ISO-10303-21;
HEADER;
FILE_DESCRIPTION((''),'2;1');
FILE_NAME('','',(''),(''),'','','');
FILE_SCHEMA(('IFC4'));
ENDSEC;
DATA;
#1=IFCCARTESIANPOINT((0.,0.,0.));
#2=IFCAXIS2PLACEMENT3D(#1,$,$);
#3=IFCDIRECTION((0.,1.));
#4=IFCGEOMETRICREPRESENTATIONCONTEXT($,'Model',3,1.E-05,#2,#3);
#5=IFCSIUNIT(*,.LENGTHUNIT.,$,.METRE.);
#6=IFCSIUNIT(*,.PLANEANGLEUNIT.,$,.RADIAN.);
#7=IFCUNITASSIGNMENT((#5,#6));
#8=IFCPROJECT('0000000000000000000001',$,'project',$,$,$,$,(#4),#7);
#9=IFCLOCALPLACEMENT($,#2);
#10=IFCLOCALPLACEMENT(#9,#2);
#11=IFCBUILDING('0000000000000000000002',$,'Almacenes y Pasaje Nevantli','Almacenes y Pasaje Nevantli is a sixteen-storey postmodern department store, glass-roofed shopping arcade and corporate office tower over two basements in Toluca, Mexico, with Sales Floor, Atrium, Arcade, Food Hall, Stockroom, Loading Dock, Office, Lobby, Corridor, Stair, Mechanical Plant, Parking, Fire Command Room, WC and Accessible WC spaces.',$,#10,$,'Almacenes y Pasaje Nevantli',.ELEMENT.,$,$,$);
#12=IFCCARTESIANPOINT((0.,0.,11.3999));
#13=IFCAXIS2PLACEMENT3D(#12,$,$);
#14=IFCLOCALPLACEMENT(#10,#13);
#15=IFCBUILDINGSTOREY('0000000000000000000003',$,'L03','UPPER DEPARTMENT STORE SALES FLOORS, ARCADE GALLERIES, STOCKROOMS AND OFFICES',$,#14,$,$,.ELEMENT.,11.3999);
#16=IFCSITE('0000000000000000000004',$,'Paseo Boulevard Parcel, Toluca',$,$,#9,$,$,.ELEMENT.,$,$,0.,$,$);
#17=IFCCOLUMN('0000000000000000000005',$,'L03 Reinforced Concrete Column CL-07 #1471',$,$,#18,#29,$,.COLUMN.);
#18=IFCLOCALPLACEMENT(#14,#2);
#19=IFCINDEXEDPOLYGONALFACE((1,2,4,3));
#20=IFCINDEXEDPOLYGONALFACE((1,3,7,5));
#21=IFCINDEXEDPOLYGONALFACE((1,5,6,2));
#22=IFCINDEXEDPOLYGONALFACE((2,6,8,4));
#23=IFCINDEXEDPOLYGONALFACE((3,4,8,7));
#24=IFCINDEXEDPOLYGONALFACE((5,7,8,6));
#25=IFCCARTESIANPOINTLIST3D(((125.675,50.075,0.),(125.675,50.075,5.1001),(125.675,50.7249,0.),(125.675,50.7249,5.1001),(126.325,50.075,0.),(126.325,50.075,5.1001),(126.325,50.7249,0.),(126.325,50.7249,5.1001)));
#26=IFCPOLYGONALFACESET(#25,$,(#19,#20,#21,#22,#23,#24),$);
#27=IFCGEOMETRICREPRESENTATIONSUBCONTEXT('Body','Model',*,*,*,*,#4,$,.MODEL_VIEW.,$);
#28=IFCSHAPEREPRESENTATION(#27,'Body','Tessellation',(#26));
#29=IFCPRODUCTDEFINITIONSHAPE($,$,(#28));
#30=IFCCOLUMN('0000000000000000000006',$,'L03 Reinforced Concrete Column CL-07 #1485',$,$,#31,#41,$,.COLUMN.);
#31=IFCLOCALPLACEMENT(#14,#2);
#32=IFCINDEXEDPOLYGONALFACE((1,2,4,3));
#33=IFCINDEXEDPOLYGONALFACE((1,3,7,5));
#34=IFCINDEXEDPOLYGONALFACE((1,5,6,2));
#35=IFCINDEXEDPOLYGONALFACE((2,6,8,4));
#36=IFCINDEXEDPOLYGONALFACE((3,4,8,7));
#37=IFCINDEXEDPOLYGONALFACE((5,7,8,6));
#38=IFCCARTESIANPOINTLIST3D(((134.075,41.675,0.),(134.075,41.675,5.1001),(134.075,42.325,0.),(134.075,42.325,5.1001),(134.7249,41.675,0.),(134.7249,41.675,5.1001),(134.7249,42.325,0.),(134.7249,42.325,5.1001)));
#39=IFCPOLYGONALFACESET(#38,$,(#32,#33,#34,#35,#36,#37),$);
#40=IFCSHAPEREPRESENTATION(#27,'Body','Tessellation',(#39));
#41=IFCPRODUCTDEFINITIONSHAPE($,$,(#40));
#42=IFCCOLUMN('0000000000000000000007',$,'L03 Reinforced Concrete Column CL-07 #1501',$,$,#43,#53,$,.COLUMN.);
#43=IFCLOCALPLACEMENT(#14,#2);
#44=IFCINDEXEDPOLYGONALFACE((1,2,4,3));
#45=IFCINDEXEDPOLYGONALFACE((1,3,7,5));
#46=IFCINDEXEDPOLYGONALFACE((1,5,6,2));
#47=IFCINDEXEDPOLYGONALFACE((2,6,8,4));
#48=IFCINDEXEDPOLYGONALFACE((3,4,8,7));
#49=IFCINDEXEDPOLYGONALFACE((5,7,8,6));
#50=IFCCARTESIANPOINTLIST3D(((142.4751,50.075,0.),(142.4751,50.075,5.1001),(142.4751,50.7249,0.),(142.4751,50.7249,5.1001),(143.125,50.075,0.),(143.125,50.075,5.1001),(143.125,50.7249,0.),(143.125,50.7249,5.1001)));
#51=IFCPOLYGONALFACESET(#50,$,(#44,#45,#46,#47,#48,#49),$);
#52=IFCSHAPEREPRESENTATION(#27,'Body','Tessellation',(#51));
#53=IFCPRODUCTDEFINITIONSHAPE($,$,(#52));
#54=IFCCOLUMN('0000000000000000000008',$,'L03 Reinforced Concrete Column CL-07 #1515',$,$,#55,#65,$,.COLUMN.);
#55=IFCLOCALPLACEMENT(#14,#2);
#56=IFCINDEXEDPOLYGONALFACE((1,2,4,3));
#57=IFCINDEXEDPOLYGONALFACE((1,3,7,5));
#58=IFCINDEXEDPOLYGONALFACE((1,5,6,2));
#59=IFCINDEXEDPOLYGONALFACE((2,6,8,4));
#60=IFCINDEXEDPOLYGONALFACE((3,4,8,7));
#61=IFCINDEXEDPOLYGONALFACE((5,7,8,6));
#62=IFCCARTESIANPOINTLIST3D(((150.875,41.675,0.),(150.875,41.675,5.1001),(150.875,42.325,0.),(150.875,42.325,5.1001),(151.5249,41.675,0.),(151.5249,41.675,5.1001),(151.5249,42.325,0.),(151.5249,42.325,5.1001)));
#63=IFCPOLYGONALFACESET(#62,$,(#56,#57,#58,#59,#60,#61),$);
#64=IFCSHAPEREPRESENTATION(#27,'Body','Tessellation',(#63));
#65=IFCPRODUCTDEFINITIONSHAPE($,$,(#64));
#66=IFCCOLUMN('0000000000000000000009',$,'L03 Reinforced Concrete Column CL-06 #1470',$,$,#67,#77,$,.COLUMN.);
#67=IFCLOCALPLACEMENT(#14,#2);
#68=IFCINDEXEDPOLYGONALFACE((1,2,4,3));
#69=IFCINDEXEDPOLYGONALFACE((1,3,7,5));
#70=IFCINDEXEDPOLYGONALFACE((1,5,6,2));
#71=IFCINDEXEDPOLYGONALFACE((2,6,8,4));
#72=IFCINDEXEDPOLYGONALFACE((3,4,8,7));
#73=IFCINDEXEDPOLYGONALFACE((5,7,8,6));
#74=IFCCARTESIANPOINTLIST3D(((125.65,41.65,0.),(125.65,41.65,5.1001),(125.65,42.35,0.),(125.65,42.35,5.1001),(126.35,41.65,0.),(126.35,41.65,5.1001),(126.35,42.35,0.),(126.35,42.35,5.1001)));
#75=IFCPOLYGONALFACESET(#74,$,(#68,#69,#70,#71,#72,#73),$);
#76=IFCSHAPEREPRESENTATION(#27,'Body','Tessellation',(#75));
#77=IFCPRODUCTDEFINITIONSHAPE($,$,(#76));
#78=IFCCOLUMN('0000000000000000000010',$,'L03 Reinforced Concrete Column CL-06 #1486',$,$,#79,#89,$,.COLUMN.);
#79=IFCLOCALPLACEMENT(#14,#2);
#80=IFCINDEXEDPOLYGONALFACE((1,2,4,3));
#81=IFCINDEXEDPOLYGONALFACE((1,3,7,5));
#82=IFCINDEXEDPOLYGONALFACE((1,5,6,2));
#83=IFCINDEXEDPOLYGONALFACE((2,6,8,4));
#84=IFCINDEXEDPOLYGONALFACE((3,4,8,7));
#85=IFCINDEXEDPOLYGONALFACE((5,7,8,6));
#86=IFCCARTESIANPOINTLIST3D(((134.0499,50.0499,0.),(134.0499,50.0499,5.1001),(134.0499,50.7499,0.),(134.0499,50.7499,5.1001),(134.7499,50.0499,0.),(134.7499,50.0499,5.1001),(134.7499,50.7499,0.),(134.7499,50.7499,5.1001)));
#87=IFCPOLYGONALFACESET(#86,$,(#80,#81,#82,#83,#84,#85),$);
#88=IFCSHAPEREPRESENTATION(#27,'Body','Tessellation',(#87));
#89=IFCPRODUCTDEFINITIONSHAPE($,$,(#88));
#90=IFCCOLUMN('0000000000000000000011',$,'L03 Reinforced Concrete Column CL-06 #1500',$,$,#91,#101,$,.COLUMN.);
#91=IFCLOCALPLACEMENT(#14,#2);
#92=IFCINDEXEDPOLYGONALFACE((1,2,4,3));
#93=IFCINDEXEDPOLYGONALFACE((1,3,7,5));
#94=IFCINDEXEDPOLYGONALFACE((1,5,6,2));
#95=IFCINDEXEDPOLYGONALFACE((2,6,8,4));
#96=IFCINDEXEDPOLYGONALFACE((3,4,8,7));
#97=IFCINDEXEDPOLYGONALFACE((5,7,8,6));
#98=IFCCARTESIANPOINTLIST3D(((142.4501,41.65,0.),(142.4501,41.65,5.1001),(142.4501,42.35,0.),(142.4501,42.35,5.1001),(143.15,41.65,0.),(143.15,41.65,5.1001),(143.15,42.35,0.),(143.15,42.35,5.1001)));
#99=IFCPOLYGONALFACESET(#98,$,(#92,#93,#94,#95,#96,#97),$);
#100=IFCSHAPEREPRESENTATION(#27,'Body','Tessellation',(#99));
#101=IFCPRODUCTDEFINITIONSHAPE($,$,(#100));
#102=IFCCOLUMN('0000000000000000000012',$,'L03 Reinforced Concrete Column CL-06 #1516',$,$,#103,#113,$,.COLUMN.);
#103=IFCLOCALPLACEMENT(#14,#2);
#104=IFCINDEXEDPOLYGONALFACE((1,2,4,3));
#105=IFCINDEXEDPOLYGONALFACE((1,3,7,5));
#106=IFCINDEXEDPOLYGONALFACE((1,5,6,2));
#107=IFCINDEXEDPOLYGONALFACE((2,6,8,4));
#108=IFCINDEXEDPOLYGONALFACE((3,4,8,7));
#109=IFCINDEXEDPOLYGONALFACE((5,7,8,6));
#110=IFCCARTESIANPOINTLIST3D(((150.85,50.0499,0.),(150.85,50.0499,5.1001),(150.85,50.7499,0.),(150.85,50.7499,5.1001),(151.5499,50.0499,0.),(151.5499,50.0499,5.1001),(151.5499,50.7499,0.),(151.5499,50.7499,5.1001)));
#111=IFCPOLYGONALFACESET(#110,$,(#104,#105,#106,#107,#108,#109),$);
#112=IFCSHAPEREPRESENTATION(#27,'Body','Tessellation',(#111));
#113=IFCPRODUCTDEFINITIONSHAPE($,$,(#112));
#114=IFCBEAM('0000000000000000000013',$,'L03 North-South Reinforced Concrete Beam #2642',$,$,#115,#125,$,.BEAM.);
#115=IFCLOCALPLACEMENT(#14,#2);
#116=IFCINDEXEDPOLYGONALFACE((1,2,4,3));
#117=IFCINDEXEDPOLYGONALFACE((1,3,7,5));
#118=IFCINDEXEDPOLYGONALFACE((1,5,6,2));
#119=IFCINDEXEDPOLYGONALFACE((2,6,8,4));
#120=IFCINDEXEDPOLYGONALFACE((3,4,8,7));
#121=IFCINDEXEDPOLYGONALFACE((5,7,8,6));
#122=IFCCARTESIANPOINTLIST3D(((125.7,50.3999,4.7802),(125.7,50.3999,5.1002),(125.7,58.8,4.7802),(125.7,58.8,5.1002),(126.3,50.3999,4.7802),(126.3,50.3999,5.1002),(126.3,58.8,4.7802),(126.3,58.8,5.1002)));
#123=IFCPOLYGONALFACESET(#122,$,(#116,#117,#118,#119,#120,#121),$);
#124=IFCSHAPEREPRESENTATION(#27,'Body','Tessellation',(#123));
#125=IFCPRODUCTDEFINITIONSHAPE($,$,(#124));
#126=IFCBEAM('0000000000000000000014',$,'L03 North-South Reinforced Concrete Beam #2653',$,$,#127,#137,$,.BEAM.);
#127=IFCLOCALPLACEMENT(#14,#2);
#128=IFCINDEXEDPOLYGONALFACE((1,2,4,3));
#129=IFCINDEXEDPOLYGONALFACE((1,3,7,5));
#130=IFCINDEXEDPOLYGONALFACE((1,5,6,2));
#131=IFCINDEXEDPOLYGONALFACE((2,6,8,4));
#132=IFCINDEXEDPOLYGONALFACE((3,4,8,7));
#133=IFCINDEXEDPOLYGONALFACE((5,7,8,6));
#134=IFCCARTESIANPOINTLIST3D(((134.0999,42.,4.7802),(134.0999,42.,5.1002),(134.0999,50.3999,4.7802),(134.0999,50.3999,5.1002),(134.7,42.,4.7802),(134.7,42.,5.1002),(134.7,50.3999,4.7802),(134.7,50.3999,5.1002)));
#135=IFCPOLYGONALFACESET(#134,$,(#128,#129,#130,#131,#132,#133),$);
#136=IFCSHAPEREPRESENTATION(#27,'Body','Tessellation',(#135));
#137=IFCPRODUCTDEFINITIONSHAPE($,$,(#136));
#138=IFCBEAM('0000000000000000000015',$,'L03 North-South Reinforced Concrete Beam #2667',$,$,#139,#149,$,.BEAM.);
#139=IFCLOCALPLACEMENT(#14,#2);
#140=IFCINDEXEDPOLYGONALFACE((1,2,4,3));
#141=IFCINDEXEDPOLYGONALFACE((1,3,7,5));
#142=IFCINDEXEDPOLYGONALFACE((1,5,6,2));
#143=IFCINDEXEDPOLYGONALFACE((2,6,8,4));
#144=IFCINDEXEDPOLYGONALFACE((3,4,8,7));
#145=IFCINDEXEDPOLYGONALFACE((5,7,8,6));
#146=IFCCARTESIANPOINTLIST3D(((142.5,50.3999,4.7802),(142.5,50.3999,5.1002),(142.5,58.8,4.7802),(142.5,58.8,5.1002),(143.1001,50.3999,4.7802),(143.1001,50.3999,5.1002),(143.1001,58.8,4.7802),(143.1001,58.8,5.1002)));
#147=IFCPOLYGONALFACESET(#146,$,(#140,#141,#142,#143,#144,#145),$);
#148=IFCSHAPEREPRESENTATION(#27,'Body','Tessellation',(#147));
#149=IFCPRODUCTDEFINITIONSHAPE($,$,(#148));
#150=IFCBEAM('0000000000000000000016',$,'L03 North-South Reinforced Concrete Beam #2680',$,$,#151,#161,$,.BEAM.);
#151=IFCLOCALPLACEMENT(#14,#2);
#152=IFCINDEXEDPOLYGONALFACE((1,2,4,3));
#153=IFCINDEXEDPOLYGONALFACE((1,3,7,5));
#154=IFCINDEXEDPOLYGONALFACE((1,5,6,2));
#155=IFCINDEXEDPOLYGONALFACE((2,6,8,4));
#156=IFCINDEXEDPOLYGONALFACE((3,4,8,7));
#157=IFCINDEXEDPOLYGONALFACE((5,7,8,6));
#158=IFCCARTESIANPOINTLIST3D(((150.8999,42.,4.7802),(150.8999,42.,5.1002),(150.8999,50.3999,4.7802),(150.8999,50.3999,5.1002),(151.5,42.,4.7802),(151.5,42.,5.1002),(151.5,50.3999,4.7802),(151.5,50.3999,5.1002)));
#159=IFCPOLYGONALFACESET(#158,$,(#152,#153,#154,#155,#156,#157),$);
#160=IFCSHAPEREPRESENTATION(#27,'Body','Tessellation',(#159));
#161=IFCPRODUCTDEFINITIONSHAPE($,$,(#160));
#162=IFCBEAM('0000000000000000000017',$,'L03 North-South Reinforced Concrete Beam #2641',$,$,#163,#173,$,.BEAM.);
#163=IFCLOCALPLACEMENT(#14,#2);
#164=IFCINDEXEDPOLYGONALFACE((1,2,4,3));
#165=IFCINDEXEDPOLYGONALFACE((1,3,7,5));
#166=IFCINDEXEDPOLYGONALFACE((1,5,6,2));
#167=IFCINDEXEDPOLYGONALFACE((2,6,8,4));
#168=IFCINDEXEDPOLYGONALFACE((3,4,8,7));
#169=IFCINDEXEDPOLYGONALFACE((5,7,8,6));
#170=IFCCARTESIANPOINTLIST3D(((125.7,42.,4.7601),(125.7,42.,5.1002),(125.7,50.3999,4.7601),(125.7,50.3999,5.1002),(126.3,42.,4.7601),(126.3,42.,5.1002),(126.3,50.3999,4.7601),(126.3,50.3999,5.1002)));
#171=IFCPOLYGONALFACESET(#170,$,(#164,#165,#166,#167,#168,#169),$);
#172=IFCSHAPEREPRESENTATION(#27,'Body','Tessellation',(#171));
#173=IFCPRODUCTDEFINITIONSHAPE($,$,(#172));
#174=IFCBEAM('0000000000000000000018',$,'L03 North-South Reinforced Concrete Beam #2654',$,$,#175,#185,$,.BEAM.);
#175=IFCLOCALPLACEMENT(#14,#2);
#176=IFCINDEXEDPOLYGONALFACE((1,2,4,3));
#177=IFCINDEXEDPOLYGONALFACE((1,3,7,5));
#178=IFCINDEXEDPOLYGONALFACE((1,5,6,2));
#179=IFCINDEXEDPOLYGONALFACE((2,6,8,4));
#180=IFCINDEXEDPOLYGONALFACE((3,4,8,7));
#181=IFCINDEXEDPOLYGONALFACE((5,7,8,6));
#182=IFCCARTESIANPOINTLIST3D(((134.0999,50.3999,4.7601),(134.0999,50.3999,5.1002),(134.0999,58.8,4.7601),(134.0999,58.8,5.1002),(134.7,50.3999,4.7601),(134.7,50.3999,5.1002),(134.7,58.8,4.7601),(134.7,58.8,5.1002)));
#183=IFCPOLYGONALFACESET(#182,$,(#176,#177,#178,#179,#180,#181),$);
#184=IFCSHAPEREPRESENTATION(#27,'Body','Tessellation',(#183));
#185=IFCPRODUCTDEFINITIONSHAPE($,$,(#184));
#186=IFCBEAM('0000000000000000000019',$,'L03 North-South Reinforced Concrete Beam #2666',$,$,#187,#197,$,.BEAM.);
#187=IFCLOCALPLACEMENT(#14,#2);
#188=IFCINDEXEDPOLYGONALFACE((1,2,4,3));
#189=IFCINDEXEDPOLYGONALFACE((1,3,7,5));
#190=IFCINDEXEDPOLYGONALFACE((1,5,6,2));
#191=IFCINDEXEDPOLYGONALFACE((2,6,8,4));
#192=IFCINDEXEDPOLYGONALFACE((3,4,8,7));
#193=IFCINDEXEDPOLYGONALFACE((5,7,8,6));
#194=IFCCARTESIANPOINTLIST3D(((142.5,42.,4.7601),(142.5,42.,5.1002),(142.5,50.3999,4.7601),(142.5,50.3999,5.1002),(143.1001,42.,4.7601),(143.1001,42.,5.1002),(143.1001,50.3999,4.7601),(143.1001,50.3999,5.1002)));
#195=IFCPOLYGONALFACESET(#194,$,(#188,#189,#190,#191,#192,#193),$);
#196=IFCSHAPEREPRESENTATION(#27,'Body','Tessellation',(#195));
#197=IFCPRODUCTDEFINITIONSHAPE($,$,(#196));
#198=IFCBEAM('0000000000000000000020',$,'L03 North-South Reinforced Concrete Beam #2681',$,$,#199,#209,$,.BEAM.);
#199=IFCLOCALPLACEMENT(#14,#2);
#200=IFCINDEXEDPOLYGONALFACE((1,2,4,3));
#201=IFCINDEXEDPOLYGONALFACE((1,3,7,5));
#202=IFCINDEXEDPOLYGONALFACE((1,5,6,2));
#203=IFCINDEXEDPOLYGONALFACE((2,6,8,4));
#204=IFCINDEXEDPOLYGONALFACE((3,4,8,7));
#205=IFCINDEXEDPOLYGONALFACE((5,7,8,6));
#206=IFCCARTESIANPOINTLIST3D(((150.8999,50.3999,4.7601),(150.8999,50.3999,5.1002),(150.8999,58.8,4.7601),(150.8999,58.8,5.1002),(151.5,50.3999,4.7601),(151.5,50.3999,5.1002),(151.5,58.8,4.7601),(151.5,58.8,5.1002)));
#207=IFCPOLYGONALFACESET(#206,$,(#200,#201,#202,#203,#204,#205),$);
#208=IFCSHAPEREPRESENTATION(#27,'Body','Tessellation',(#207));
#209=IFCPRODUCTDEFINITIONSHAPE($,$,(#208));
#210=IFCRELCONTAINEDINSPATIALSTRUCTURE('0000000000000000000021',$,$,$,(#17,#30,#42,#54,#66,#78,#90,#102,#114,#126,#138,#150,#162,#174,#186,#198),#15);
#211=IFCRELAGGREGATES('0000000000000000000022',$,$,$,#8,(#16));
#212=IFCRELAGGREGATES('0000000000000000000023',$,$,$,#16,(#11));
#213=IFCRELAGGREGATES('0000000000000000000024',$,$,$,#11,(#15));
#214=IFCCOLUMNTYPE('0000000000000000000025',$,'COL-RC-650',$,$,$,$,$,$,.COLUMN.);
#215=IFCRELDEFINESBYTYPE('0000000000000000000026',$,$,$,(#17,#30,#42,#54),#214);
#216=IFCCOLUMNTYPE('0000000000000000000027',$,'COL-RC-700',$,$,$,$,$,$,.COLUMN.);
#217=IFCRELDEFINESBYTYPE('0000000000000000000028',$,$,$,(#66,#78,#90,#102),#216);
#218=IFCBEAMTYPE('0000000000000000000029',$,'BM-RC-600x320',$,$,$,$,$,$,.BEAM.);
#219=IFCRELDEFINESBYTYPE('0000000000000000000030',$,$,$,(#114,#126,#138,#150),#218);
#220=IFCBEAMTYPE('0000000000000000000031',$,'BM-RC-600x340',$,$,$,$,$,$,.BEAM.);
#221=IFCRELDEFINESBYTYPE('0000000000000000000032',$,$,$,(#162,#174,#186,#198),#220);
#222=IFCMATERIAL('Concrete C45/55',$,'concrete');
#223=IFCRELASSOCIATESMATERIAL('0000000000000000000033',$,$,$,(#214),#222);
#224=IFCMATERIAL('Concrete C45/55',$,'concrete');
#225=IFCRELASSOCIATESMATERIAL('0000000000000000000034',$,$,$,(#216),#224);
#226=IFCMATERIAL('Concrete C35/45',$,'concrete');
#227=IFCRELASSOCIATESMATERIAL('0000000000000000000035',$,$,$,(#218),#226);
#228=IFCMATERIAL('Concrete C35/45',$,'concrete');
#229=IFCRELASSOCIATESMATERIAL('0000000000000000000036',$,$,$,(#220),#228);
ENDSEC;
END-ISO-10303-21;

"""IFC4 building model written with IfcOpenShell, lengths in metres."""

from ifc_helpers import new_model, si_unit, direction, frame, origin, origin_2d, place, context, subcontext, project, spatial, rectangle, extrude, material, material_profile, profile_set, type_object, element, save


model = new_model("IFC4")

# Units and contexts
model_context = context("Model", 3, precision=1e-05, world=origin(), true_north=direction((0.0, 1.0)))
body_context = subcontext(model_context, "Body", "Model", "MODEL_VIEW")
ifc_project = project(units=[si_unit("LENGTHUNIT", "METRE"), si_unit("PLANEANGLEUNIT", "RADIAN")], contexts=[model_context])

# Site, building, storey
site_placement = place(None, origin())
site = spatial("IfcSite", under=ifc_project, at=site_placement, Name="Paseo Boulevard Parcel, Toluca", CompositionType="ELEMENT", RefElevation=0.0)
building_placement = place(site_placement, origin())
building = spatial("IfcBuilding", under=site, at=building_placement, Name="Almacenes y Pasaje Nevantli", Description="Almacenes y Pasaje Nevantli is a sixteen-storey postmodern department store, glass-roofed shopping arcade and corporate office tower over two basements in Toluca, Mexico, with Sales Floor, Atrium, Arcade, Food Hall, Stockroom, Loading Dock, Office, Lobby, Corridor, Stair, Mechanical Plant, Parking, Fire Command Room, WC and Accessible WC spaces.", LongName="Almacenes y Pasaje Nevantli", CompositionType="ELEMENT")
storey_placement = place(building_placement, frame((0.0, 0.0, 11.3999)))
storey = spatial("IfcBuildingStorey", under=building, at=storey_placement, Name="L03", Description="UPPER DEPARTMENT STORE SALES FLOORS, ARCADE GALLERIES, STOCKROOMS AND OFFICES", CompositionType="ELEMENT", Elevation=11.3999)

# Columns
ifc_material_1 = material(Name="Concrete C45/55", Category="concrete")
ifc_material_profile_1 = material_profile(ifc_material_1, rectangle(XDim=0.6499, YDim=0.6499, at=origin_2d()), Name="RC-COL-650x650")
ifc_profile_set_1 = profile_set([ifc_material_profile_1], Name="Concrete C45/55")
column_type_1 = type_object("IfcColumnType", Name="COL-RC-650", PredefinedType="COLUMN", material=ifc_profile_set_1)
for number, where, z_axis, x_axis, name in (
    (1, (126.0, 50.3999, 0.0), (0.0, 0.0, 1.0), (1.0, 0.0, 0.0), "L03 Reinforced Concrete Column CL-07 #1471"),
    (2, (134.3999, 42.0, 0.0), (0.0, 0.0, 1.0), (1.0, 0.0, 0.0), "L03 Reinforced Concrete Column CL-07 #1485"),
    (3, (142.8, 50.3999, 0.0), (0.0, 0.0, 1.0), (1.0, 0.0, 0.0), "L03 Reinforced Concrete Column CL-07 #1501"),
    (4, (151.2, 42.0, 0.0), (0.0, 0.0, 1.0), (1.0, 0.0, 0.0), "L03 Reinforced Concrete Column CL-07 #1515"),
):
    element("IfcColumn", number, at=place(storey_placement, frame(where, z_axis=z_axis, x_axis=x_axis)), inside=storey, type_object=column_type_1, Name=name, PredefinedType="COLUMN", context=body_context, shape_type="SweptSolid", body=[
        extrude(rectangle(XDim=0.6499, YDim=0.6499, at=origin_2d()), origin(), (0.0, 0.0, 1.0), 5.1001),
    ])
ifc_material_2 = material(Name="Concrete C45/55", Category="concrete")
ifc_material_profile_2 = material_profile(ifc_material_2, rectangle(XDim=0.7, YDim=0.7, at=origin_2d()), Name="RC-COL-700x700")
ifc_profile_set_2 = profile_set([ifc_material_profile_2], Name="Concrete C45/55")
column_type_2 = type_object("IfcColumnType", Name="COL-RC-700", PredefinedType="COLUMN", material=ifc_profile_set_2)
for number, where, z_axis, x_axis, name in (
    (5, (126.0, 42.0, 0.0), (0.0, 0.0, 1.0), (1.0, 0.0, 0.0), "L03 Reinforced Concrete Column CL-06 #1470"),
    (6, (134.3999, 50.3999, 0.0), (0.0, 0.0, 1.0), (1.0, 0.0, 0.0), "L03 Reinforced Concrete Column CL-06 #1486"),
    (7, (142.8, 42.0, 0.0), (0.0, 0.0, 1.0), (1.0, 0.0, 0.0), "L03 Reinforced Concrete Column CL-06 #1500"),
    (8, (151.2, 50.3999, 0.0), (0.0, 0.0, 1.0), (1.0, 0.0, 0.0), "L03 Reinforced Concrete Column CL-06 #1516"),
):
    element("IfcColumn", number, at=place(storey_placement, frame(where, z_axis=z_axis, x_axis=x_axis)), inside=storey, type_object=column_type_2, Name=name, PredefinedType="COLUMN", context=body_context, shape_type="SweptSolid", body=[
        extrude(rectangle(XDim=0.7, YDim=0.7, at=origin_2d()), origin(), (0.0, 0.0, 1.0), 5.1001),
    ])

# Beams
ifc_material_3 = material(Name="Concrete C35/45", Category="concrete")
ifc_material_profile_3 = material_profile(ifc_material_3, rectangle(XDim=0.6001, YDim=0.3201, at=origin_2d()), Name="RC-BM-600x320")
ifc_profile_set_3 = profile_set([ifc_material_profile_3], Name="Concrete C35/45")
beam_type_1 = type_object("IfcBeamType", Name="BM-RC-600x320", PredefinedType="BEAM", material=ifc_profile_set_3)
beam_1_placement = place(storey_placement, frame((126.0, 50.3999, 4.9402), z_axis=(0.0, 1.0, 0.0), x_axis=(-1.0, 0.0, 0.0)))
element("IfcBeam", 9, at=beam_1_placement, inside=storey, type_object=beam_type_1, Name="L03 North-South Reinforced Concrete Beam #2642", PredefinedType="BEAM", context=body_context, shape_type="SweptSolid", body=[
    extrude(rectangle(XDim=0.6001, YDim=0.3201, at=origin_2d()), origin(), (0.0, 0.0, 1.0), 8.4001),
])
beam_2_placement = place(storey_placement, frame((134.3999, 42.0, 4.9402), z_axis=(0.0, 1.0, 0.0), x_axis=(-1.0, 0.0, 0.0)))
element("IfcBeam", 10, at=beam_2_placement, inside=storey, type_object=beam_type_1, Name="L03 North-South Reinforced Concrete Beam #2653", PredefinedType="BEAM", context=body_context, shape_type="SweptSolid", body=[
    extrude(rectangle(XDim=0.6001, YDim=0.3201, at=origin_2d()), origin(), (0.0, 0.0, 1.0), 8.3999),
])
beam_3_placement = place(storey_placement, frame((142.8, 50.3999, 4.9402), z_axis=(0.0, 1.0, 0.0), x_axis=(-1.0, 0.0, 0.0)))
element("IfcBeam", 11, at=beam_3_placement, inside=storey, type_object=beam_type_1, Name="L03 North-South Reinforced Concrete Beam #2667", PredefinedType="BEAM", context=body_context, shape_type="SweptSolid", body=[
    extrude(rectangle(XDim=0.6001, YDim=0.3201, at=origin_2d()), origin(), (0.0, 0.0, 1.0), 8.4001),
])
beam_4_placement = place(storey_placement, frame((151.2, 42.0, 4.9402), z_axis=(0.0, 1.0, 0.0), x_axis=(-1.0, 0.0, 0.0)))
element("IfcBeam", 12, at=beam_4_placement, inside=storey, type_object=beam_type_1, Name="L03 North-South Reinforced Concrete Beam #2680", PredefinedType="BEAM", context=body_context, shape_type="SweptSolid", body=[
    extrude(rectangle(XDim=0.6001, YDim=0.3201, at=origin_2d()), origin(), (0.0, 0.0, 1.0), 8.3999),
])
ifc_material_4 = material(Name="Concrete C35/45", Category="concrete")
ifc_material_profile_4 = material_profile(ifc_material_4, rectangle(XDim=0.6001, YDim=0.3401, at=origin_2d()), Name="RC-BM-600x340")
ifc_profile_set_4 = profile_set([ifc_material_profile_4], Name="Concrete C35/45")
beam_type_2 = type_object("IfcBeamType", Name="BM-RC-600x340", PredefinedType="BEAM", material=ifc_profile_set_4)
beam_5_placement = place(storey_placement, frame((126.0, 42.0, 4.9302), z_axis=(0.0, 1.0, 0.0), x_axis=(-1.0, 0.0, 0.0)))
element("IfcBeam", 13, at=beam_5_placement, inside=storey, type_object=beam_type_2, Name="L03 North-South Reinforced Concrete Beam #2641", PredefinedType="BEAM", context=body_context, shape_type="SweptSolid", body=[
    extrude(rectangle(XDim=0.6001, YDim=0.3401, at=origin_2d()), origin(), (0.0, 0.0, 1.0), 8.3999),
])
beam_6_placement = place(storey_placement, frame((134.3999, 50.3999, 4.9302), z_axis=(0.0, 1.0, 0.0), x_axis=(-1.0, 0.0, 0.0)))
element("IfcBeam", 14, at=beam_6_placement, inside=storey, type_object=beam_type_2, Name="L03 North-South Reinforced Concrete Beam #2654", PredefinedType="BEAM", context=body_context, shape_type="SweptSolid", body=[
    extrude(rectangle(XDim=0.6001, YDim=0.3401, at=origin_2d()), origin(), (0.0, 0.0, 1.0), 8.4001),
])
beam_7_placement = place(storey_placement, frame((142.8, 42.0, 4.9302), z_axis=(0.0, 1.0, 0.0), x_axis=(-1.0, 0.0, 0.0)))
element("IfcBeam", 15, at=beam_7_placement, inside=storey, type_object=beam_type_2, Name="L03 North-South Reinforced Concrete Beam #2666", PredefinedType="BEAM", context=body_context, shape_type="SweptSolid", body=[
    extrude(rectangle(XDim=0.6001, YDim=0.3401, at=origin_2d()), origin(), (0.0, 0.0, 1.0), 8.3999),
])
beam_8_placement = place(storey_placement, frame((151.2, 50.3999, 4.9302), z_axis=(0.0, 1.0, 0.0), x_axis=(-1.0, 0.0, 0.0)))
element("IfcBeam", 16, at=beam_8_placement, inside=storey, type_object=beam_type_2, Name="L03 North-South Reinforced Concrete Beam #2681", PredefinedType="BEAM", context=body_context, shape_type="SweptSolid", body=[
    extrude(rectangle(XDim=0.6001, YDim=0.3401, at=origin_2d()), origin(), (0.0, 0.0, 1.0), 8.4001),
])

save(model, "model.ifc")
